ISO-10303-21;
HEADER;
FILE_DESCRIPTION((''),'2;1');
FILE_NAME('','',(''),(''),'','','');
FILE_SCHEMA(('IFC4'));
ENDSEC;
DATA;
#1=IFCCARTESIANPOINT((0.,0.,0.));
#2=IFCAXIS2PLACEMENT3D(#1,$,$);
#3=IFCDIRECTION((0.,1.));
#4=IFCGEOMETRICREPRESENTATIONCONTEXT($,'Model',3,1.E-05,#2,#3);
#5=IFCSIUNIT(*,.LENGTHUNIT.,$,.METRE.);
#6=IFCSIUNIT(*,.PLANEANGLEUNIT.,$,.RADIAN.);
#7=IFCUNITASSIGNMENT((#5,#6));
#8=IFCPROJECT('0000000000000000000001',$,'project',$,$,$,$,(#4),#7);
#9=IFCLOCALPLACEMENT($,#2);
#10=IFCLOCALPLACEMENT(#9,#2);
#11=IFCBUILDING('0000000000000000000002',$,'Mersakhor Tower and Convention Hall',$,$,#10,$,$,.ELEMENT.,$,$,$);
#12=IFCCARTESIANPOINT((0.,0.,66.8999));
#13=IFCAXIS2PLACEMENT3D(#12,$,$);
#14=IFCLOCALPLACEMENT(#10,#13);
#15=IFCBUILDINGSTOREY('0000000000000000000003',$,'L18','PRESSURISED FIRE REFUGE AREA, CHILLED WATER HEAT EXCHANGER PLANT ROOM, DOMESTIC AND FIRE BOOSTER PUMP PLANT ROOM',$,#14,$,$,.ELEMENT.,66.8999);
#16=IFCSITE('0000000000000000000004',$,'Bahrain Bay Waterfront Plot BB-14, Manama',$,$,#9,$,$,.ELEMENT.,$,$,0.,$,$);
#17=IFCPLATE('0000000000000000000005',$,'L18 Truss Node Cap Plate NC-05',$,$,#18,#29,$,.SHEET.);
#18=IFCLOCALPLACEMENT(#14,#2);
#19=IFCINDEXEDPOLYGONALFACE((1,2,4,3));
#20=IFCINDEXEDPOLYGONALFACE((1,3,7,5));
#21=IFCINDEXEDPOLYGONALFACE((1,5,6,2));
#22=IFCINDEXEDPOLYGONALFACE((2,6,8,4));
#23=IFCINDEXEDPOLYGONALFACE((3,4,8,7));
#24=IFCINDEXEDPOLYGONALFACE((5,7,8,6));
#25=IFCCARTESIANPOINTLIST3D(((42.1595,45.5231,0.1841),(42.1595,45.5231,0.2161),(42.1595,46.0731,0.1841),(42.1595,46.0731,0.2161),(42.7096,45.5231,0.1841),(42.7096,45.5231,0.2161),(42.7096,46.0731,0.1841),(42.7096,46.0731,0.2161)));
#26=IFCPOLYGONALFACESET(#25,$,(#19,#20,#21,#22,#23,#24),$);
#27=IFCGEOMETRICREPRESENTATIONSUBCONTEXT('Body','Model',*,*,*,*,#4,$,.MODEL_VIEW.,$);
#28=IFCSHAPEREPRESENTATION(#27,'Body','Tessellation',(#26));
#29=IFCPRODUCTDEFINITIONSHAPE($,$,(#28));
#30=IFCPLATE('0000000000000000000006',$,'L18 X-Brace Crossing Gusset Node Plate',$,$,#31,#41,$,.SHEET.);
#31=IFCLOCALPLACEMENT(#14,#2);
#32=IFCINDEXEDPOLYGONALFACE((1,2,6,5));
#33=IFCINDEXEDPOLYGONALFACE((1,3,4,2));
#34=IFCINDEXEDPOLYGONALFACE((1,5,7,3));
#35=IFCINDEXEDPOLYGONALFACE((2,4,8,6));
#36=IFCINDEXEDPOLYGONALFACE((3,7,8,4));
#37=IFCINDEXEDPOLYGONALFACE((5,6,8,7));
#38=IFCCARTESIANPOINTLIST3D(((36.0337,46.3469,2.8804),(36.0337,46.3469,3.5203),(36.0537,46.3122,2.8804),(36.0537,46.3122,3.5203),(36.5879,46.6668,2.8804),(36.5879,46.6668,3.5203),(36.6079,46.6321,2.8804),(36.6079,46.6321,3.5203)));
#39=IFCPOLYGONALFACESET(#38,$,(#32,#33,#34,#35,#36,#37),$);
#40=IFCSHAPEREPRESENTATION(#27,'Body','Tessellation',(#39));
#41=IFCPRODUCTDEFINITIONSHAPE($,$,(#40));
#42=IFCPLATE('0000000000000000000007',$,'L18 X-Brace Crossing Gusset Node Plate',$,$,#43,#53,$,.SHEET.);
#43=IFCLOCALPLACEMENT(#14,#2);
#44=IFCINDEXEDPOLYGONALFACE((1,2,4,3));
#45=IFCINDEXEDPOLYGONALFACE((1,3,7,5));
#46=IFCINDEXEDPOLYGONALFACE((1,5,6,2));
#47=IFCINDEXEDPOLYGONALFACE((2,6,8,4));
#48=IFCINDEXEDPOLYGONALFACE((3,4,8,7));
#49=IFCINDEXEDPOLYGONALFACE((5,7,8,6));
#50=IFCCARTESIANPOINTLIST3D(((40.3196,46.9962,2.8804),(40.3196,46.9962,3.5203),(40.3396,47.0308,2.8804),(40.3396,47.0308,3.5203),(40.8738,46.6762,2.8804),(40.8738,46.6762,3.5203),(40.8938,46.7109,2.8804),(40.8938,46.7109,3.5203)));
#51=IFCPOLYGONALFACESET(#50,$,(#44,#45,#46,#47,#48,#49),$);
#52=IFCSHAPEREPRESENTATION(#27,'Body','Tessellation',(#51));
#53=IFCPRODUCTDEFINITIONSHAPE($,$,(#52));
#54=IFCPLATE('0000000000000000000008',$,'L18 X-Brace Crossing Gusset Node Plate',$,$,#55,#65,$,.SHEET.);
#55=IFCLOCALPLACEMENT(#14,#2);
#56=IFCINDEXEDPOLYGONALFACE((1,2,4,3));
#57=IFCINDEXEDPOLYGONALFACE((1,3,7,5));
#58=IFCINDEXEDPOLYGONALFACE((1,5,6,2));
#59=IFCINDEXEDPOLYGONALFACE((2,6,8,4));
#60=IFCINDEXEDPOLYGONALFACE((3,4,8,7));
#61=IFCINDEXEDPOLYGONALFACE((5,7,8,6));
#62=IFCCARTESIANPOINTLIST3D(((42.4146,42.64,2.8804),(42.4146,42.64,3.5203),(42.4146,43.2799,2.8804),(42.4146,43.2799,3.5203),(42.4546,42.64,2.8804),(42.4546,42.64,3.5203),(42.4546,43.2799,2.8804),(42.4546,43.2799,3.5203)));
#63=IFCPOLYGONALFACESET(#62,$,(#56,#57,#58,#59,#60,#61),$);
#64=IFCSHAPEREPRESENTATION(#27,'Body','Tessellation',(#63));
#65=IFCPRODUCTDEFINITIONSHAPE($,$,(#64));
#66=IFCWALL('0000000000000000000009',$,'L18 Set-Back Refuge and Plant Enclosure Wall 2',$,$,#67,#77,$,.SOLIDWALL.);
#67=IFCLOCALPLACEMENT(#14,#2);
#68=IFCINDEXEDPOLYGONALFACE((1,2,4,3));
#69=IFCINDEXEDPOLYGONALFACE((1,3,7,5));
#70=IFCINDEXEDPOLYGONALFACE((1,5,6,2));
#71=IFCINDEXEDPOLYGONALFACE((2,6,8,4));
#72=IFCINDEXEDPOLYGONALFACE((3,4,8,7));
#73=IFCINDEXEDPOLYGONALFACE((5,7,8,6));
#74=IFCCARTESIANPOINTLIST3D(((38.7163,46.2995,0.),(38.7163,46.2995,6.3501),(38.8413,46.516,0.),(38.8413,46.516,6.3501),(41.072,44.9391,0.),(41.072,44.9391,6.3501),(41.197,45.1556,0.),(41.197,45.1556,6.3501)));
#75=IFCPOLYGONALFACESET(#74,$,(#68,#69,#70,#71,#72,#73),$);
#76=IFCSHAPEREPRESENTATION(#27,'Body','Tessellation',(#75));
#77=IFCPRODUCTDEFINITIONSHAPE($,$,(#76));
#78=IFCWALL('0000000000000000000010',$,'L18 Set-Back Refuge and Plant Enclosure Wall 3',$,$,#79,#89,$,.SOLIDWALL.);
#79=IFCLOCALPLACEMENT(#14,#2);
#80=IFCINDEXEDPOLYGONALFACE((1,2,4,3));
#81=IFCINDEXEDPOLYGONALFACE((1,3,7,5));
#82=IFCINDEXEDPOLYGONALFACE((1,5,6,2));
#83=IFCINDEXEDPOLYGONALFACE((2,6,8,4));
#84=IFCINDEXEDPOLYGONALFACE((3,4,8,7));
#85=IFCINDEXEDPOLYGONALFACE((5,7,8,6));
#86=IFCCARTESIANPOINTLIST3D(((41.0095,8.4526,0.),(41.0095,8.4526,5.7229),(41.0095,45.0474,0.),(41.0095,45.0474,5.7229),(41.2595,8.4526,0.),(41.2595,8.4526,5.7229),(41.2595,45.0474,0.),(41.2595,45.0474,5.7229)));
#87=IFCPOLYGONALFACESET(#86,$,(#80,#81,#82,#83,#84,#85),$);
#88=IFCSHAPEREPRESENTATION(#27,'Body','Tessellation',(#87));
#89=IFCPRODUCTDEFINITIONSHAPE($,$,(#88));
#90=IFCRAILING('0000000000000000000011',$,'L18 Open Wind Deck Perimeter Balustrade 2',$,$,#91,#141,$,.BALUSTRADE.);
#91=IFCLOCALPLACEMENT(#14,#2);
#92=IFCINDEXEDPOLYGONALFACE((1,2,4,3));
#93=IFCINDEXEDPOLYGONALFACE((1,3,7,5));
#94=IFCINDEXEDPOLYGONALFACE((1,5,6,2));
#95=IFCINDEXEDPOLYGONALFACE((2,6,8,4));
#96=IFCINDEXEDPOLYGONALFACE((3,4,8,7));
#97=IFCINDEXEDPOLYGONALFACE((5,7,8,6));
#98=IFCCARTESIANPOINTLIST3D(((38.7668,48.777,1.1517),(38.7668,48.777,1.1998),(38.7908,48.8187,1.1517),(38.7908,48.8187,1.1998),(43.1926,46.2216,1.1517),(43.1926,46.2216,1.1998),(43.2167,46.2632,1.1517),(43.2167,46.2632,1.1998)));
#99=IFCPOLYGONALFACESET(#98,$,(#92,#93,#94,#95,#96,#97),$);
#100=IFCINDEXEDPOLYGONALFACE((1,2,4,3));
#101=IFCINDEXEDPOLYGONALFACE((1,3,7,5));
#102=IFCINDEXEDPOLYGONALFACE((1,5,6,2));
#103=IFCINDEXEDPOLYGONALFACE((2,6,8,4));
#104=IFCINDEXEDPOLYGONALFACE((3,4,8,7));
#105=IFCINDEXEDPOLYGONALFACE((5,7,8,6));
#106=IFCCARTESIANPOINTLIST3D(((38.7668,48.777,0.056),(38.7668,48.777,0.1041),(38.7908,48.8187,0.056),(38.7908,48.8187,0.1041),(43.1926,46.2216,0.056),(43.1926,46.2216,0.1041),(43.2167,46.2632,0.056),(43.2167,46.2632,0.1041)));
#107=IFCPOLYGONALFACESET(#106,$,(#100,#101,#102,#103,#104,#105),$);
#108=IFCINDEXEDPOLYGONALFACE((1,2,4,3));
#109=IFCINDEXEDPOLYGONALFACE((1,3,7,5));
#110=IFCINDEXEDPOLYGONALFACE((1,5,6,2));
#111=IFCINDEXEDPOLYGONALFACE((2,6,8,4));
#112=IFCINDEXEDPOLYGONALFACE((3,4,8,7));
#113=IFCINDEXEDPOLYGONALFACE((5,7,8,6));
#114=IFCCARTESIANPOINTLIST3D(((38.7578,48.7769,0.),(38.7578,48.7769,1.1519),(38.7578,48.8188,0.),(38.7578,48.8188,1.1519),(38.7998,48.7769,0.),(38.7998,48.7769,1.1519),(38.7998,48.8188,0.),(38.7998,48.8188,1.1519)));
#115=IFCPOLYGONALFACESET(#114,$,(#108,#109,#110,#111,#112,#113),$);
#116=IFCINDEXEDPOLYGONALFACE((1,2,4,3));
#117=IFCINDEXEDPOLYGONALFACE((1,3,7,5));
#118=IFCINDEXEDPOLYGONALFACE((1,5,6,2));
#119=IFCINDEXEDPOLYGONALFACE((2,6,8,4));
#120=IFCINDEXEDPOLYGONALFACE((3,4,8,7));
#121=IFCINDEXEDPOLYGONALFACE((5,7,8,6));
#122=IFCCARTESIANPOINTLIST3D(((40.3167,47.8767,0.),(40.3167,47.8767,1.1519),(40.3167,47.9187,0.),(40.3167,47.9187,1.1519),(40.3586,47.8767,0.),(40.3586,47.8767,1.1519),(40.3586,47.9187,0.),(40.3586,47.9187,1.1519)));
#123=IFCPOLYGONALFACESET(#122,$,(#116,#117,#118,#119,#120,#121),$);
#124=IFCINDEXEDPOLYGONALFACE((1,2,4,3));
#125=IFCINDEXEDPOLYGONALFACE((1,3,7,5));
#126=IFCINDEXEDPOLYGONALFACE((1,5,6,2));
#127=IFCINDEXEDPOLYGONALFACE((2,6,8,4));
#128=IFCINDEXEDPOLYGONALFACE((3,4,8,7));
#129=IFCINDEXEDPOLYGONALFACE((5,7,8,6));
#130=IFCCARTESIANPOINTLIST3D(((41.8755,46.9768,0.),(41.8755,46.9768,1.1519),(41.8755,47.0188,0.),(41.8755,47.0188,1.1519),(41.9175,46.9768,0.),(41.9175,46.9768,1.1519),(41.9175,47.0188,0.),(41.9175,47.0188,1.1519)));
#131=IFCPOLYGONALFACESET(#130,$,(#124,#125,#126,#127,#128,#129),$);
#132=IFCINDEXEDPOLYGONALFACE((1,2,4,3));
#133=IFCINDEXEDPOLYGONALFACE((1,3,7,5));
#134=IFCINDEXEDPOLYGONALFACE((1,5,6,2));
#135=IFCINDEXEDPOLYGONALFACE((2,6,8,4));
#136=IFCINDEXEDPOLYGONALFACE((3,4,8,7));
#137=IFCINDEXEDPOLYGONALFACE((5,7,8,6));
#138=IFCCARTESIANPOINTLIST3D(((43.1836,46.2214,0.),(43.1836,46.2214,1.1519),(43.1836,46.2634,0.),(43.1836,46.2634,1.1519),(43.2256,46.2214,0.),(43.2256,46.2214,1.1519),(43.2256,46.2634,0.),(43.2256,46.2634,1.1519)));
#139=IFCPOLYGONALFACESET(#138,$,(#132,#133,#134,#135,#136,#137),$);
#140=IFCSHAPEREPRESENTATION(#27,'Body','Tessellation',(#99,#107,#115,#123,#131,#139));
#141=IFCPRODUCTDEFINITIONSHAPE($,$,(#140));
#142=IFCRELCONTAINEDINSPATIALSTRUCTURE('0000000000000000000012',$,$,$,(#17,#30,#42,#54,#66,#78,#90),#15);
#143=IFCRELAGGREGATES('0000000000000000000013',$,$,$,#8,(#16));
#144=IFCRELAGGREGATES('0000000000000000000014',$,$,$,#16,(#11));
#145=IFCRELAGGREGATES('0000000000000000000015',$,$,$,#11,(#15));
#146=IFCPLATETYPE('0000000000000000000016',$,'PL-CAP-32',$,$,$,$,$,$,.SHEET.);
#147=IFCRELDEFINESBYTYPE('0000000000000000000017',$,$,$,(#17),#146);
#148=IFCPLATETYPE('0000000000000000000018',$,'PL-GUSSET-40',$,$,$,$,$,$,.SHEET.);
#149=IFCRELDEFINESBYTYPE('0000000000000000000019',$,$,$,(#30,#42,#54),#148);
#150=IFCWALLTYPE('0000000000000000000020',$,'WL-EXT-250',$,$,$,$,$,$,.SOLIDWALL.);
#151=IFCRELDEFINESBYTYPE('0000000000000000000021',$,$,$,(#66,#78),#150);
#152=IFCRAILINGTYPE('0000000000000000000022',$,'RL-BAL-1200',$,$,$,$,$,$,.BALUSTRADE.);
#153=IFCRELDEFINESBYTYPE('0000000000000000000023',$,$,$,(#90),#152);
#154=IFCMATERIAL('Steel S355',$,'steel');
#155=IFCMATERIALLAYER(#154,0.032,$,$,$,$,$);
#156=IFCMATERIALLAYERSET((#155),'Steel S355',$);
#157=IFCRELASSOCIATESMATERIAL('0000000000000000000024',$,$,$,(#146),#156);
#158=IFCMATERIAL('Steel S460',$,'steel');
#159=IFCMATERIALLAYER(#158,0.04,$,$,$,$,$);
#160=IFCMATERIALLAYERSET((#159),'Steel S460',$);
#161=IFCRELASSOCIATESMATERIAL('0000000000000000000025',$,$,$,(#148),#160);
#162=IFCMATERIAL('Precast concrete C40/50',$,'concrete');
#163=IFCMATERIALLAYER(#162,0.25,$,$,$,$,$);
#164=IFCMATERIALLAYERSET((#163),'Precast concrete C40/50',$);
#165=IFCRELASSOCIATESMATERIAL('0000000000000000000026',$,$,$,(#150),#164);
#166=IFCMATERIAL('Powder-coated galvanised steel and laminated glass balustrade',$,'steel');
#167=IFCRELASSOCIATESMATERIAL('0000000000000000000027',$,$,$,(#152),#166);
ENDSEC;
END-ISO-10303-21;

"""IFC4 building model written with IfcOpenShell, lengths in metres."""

from ifc_helpers import new_model, si_unit, direction, frame, frame_2d, origin, origin_2d, place, context, subcontext, project, spatial, rectangle, extrude, material, layer, layer_set, type_object, element, save


model = new_model("IFC4")

# Units and contexts
model_context = context("Model", 3, precision=1e-05, world=origin(), true_north=direction((0.0, 1.0)))
body_context = subcontext(model_context, "Body", "Model", "MODEL_VIEW")
ifc_project = project(units=[si_unit("LENGTHUNIT", "METRE"), si_unit("PLANEANGLEUNIT", "RADIAN")], contexts=[model_context])

# Site, building, storey
site_placement = place(None, origin())
site = spatial("IfcSite", under=ifc_project, at=site_placement, Name="Bahrain Bay Waterfront Plot BB-14, Manama", CompositionType="ELEMENT", RefElevation=0.0)
building_placement = place(site_placement, origin())
building = spatial("IfcBuilding", under=site, at=building_placement, Name="Mersakhor Tower and Convention Hall", CompositionType="ELEMENT")
storey_placement = place(building_placement, frame((0.0, 0.0, 66.8999)))
storey = spatial("IfcBuildingStorey", under=building, at=storey_placement, Name="L18", Description="PRESSURISED FIRE REFUGE AREA, CHILLED WATER HEAT EXCHANGER PLANT ROOM, DOMESTIC AND FIRE BOOSTER PUMP PLANT ROOM", CompositionType="ELEMENT", Elevation=66.8999)

# Plates
ifc_material_1 = material(Name="Steel S355", Category="steel")
ifc_layer_1 = layer(ifc_material_1, 0.032)
ifc_layer_set_1 = layer_set([ifc_layer_1], Name="Steel S355")
plate_type_1 = type_object("IfcPlateType", Name="PL-CAP-32", PredefinedType="SHEET", material=ifc_layer_set_1)
for number, where, z_axis, x_axis, name in (
    (1, (42.4346, 45.7981, 0.1841), (0.0, 0.0, 1.0), (1.0, 0.0, 0.0), "L18 Truss Node Cap Plate NC-05"),
):
    element("IfcPlate", number, at=place(storey_placement, frame(where, z_axis=z_axis, x_axis=x_axis)), inside=storey, type_object=plate_type_1, Name=name, PredefinedType="SHEET", context=body_context, shape_type="SweptSolid", body=[
        extrude(rectangle(XDim=0.55, YDim=0.55, at=origin_2d()), origin(), (0.0, 0.0, 1.0), 0.032),
    ])
ifc_material_2 = material(Name="Steel S460", Category="steel")
ifc_layer_2 = layer(ifc_material_2, 0.04)
ifc_layer_set_2 = layer_set([ifc_layer_2], Name="Steel S460")
plate_type_2 = type_object("IfcPlateType", Name="PL-GUSSET-40", PredefinedType="SHEET", material=ifc_layer_set_2)
for number, where, z_axis, x_axis, name in (
    (2, (36.3208, 46.4895, 2.8804), (0.0, 0.0, 1.0), (-0.866025, -0.5, 0.0), "L18 X-Brace Crossing Gusset Node Plate"),
    (3, (40.6067, 46.8535, 2.8804), (0.0, 0.0, 1.0), (-0.866025, 0.5, 0.0), "L18 X-Brace Crossing Gusset Node Plate"),
    (4, (42.4346, 42.96, 2.8804), (0.0, 0.0, 1.0), (0.0, 1.0, 0.0), "L18 X-Brace Crossing Gusset Node Plate"),
):
    element("IfcPlate", number, at=place(storey_placement, frame(where, z_axis=z_axis, x_axis=x_axis)), inside=storey, type_object=plate_type_2, Name=name, PredefinedType="SHEET", context=body_context, shape_type="SweptSolid", body=[
        extrude(rectangle(XDim=0.6399, YDim=0.04, at=origin_2d()), origin(), (0.0, 0.0, 1.0), 0.6399),
    ])

# Walls
ifc_material_3 = material(Name="Precast concrete C40/50", Category="concrete")
ifc_layer_3 = layer(ifc_material_3, 0.25)
ifc_layer_set_3 = layer_set([ifc_layer_3], Name="Precast concrete C40/50")
wall_type = type_object("IfcWallType", Name="WL-EXT-250", PredefinedType="SOLIDWALL", material=ifc_layer_set_3)
wall_1_placement = place(storey_placement, frame((38.7788, 46.4077, 0.0), z_axis=(0.0, 0.0, 1.0), x_axis=(0.865981, -0.500077, 0.0)))
element("IfcWall", 5, at=wall_1_placement, inside=storey, type_object=wall_type, Name="L18 Set-Back Refuge and Plant Enclosure Wall 2", PredefinedType="SOLIDWALL", context=body_context, shape_type="SweptSolid", body=[
    extrude(rectangle(XDim=2.7202, YDim=0.25, at=frame_2d((1.3601, 0.0))), origin(), (0.0, 0.0, 1.0), 6.3501),
])
wall_2_placement = place(storey_placement, frame((41.1345, 45.0474, 0.0), z_axis=(0.0, 0.0, 1.0), x_axis=(0.0, -1.0, 0.0)))
element("IfcWall", 6, at=wall_2_placement, inside=storey, type_object=wall_type, Name="L18 Set-Back Refuge and Plant Enclosure Wall 3", PredefinedType="SOLIDWALL", context=body_context, shape_type="SweptSolid", body=[
    extrude(rectangle(XDim=36.5947, YDim=0.25, at=frame_2d((18.2974, 0.0))), origin(), (0.0, 0.0, 1.0), 5.7229),
])

# Railing
ifc_material_4 = material(Name="Powder-coated galvanised steel and laminated glass balustrade", Category="steel")
railing_type = type_object("IfcRailingType", Name="RL-BAL-1200", PredefinedType="BALUSTRADE", material=ifc_material_4)
railing_1_placement = place(storey_placement, frame((38.7788, 48.7979, 0.0)))
element("IfcRailing", 7, at=railing_1_placement, inside=storey, type_object=railing_type, Name="L18 Open Wind Deck Perimeter Balustrade 2", PredefinedType="BALUSTRADE", context=body_context, shape_type="SweptSolid", body=[
    extrude(rectangle(XDim=0.0481, YDim=0.0481, at=origin_2d()), frame((0.0, 0.0, 1.1758), z_axis=(0.866009, -0.500028, 0.0), x_axis=(0.500028, 0.866009, 0.0)), (0.0, 0.0, 1.0), 5.1106),
    extrude(rectangle(XDim=0.0481, YDim=0.0481, at=origin_2d()), frame((0.0, 0.0, 0.0801), z_axis=(0.866009, -0.500028, 0.0), x_axis=(0.500028, 0.866009, 0.0)), (0.0, 0.0, 1.0), 5.1106),
    extrude(rectangle(XDim=0.042, YDim=0.042, at=origin_2d()), origin(), (0.0, 0.0, 1.0), 1.1519),
    extrude(rectangle(XDim=0.042, YDim=0.042, at=origin_2d()), frame((1.5588, -0.9001, 0.0)), (0.0, 0.0, 1.0), 1.1519),
    extrude(rectangle(XDim=0.042, YDim=0.042, at=origin_2d()), frame((3.1177, -1.8, 0.0)), (0.0, 0.0, 1.0), 1.1519),
    extrude(rectangle(XDim=0.042, YDim=0.042, at=origin_2d()), frame((4.4258, -2.5554, 0.0)), (0.0, 0.0, 1.0), 1.1519),
])

save(model, "model.ifc")
